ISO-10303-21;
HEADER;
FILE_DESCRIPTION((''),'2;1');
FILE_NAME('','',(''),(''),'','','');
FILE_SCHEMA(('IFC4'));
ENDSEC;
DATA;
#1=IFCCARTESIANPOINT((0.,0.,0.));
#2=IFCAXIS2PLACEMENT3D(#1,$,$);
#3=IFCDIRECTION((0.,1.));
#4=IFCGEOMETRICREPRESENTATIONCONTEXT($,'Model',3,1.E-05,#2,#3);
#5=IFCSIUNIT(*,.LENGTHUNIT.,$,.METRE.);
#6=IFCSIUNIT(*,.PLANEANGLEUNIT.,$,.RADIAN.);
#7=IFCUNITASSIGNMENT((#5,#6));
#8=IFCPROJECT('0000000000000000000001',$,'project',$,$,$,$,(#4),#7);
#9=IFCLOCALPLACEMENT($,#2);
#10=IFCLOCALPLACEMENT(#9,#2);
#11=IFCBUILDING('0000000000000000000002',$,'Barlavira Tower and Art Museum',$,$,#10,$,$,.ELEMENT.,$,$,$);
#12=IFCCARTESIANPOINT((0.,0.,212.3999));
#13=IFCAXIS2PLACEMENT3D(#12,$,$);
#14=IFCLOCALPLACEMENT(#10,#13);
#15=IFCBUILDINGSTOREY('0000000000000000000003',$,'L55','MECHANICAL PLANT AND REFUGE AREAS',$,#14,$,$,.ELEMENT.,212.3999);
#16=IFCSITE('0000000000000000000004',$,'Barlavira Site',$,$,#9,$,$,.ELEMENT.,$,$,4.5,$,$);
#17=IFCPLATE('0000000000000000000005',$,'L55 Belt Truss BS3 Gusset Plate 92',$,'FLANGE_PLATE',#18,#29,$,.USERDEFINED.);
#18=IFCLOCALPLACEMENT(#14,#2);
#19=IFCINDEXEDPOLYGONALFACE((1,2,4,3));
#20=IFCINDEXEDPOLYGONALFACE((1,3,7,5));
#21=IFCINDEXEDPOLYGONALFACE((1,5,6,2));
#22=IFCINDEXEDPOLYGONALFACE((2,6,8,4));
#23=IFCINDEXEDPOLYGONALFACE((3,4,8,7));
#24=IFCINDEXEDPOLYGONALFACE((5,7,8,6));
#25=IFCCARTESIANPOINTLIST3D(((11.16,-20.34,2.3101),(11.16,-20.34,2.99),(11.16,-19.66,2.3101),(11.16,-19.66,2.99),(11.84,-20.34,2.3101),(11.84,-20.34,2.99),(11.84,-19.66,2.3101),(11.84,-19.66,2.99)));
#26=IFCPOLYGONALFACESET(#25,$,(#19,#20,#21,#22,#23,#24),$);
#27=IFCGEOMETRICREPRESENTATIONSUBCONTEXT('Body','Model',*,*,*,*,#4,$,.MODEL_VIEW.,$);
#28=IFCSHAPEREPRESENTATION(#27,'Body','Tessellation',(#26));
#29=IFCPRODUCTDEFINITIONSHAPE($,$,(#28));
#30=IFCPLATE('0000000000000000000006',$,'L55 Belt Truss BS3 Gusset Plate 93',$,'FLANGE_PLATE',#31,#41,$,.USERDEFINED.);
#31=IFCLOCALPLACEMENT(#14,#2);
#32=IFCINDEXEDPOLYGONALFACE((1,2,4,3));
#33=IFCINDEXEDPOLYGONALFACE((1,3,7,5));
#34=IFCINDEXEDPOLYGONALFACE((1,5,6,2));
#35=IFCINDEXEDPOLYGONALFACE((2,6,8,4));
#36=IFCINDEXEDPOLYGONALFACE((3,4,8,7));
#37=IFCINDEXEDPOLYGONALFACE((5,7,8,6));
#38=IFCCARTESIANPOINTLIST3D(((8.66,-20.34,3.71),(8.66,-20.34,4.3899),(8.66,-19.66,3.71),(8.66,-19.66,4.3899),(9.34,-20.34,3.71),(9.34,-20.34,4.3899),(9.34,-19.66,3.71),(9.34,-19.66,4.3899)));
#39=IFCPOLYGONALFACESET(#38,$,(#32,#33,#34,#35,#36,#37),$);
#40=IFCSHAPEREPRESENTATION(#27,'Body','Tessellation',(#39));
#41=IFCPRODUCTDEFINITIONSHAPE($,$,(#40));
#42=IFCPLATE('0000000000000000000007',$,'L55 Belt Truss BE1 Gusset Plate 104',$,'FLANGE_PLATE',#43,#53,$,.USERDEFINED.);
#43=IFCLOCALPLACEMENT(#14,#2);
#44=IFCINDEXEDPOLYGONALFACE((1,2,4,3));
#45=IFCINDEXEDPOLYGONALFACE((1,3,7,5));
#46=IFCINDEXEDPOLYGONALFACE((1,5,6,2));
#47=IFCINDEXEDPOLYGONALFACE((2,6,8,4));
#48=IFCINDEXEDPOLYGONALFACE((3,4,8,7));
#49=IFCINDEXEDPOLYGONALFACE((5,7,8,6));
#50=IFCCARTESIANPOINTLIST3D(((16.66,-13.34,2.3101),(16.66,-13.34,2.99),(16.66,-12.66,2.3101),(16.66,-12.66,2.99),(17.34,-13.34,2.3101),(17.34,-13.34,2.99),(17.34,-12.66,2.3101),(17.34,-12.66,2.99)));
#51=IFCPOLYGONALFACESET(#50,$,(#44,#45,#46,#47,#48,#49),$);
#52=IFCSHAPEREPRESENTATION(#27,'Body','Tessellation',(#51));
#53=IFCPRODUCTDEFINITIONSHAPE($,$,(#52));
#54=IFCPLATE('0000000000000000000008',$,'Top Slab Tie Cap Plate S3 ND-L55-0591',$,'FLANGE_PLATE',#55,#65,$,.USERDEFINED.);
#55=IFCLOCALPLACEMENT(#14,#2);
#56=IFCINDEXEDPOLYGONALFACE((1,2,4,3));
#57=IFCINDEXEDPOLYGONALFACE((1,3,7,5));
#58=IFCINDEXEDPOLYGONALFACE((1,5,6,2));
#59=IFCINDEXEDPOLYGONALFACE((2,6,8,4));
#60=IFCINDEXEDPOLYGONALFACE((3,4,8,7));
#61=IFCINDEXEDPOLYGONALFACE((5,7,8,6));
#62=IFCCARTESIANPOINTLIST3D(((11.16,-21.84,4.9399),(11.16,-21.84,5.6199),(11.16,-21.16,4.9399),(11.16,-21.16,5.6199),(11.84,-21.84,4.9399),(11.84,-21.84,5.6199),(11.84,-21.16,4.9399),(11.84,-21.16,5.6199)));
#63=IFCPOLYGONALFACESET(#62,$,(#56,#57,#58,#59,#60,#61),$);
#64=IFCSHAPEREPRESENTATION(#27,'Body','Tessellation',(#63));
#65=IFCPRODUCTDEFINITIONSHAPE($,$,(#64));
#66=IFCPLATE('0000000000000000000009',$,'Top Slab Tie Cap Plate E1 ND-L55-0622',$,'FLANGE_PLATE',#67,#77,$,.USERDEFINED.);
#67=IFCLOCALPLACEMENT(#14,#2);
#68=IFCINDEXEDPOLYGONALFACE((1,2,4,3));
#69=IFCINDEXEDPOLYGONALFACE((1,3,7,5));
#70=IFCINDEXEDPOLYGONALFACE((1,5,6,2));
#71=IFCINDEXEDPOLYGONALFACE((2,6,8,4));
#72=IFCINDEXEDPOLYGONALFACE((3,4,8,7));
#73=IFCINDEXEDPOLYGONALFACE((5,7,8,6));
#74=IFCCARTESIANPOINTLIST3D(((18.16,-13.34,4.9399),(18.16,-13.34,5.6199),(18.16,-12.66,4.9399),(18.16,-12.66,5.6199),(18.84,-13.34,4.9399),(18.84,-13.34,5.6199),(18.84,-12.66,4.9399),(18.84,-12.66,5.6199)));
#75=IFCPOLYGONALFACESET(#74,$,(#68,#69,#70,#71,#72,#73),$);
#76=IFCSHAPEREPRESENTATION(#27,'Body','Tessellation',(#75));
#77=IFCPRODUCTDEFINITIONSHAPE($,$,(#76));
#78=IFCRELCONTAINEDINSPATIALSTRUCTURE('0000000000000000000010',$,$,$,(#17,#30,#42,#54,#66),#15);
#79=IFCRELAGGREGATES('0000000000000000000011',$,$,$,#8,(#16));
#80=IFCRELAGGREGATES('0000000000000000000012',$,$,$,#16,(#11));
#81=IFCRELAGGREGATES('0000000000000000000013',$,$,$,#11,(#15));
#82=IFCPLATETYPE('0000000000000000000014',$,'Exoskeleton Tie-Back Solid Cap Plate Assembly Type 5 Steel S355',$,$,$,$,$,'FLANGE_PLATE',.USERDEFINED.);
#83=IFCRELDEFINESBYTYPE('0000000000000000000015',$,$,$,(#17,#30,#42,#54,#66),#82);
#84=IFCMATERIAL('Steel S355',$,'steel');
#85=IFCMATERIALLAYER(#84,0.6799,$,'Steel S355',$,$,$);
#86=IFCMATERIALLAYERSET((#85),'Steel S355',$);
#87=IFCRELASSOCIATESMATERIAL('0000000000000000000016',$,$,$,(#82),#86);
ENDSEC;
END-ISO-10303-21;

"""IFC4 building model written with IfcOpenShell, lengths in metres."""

from ifc_helpers import new_model, si_unit, direction, frame, origin, origin_2d, place, context, subcontext, project, spatial, rectangle, extrude, material, layer, layer_set, type_object, element, save


model = new_model("IFC4")

# Units and contexts
model_context = context("Model", 3, precision=1e-05, world=origin(), true_north=direction((0.0, 1.0)))
body_context = subcontext(model_context, "Body", "Model", "MODEL_VIEW")
ifc_project = project(units=[si_unit("LENGTHUNIT", "METRE"), si_unit("PLANEANGLEUNIT", "RADIAN")], contexts=[model_context])

# Site, building, storey
site_placement = place(None, origin())
site = spatial("IfcSite", under=ifc_project, at=site_placement, Name="Barlavira Site", CompositionType="ELEMENT", RefElevation=4.5)
building_placement = place(site_placement, origin())
building = spatial("IfcBuilding", under=site, at=building_placement, Name="Barlavira Tower and Art Museum", CompositionType="ELEMENT")
storey_placement = place(building_placement, frame((0.0, 0.0, 212.3999)))
storey = spatial("IfcBuildingStorey", under=building, at=storey_placement, Name="L55", Description="MECHANICAL PLANT AND REFUGE AREAS", CompositionType="ELEMENT", Elevation=212.3999)

# Shared definitions
ifc_material_1 = material(Name="Steel S355", Category="steel")

# Plates
ifc_layer_1 = layer(ifc_material_1, 0.6799, Name="Steel S355")
ifc_layer_set_1 = layer_set([ifc_layer_1], Name="Steel S355")
plate_type_1 = type_object("IfcPlateType", Name="Exoskeleton Tie-Back Solid Cap Plate Assembly Type 5 Steel S355", ElementType="FLANGE_PLATE", PredefinedType="USERDEFINED", material=ifc_layer_set_1)
for number, where, z_axis, x_axis, name in (
    (1, (11.5, -20.0, 2.3101), (0.0, 0.0, 1.0), (1.0, 0.0, 0.0), "L55 Belt Truss BS3 Gusset Plate 92"),
    (2, (9.0, -20.0, 3.71), (0.0, 0.0, 1.0), (1.0, 0.0, 0.0), "L55 Belt Truss BS3 Gusset Plate 93"),
    (3, (17.0, -13.0, 2.3101), (0.0, 0.0, 1.0), (1.0, 0.0, 0.0), "L55 Belt Truss BE1 Gusset Plate 104"),
    (4, (11.5, -21.5, 4.9399), (0.0, 0.0, 1.0), (1.0, 0.0, 0.0), "Top Slab Tie Cap Plate S3 ND-L55-0591"),
    (5, (18.5, -13.0, 4.9399), (0.0, 0.0, 1.0), (1.0, 0.0, 0.0), "Top Slab Tie Cap Plate E1 ND-L55-0622"),
):
    element("IfcPlate", number, at=place(storey_placement, frame(where, z_axis=z_axis, x_axis=x_axis)), inside=storey, type_object=plate_type_1, Name=name, ObjectType="FLANGE_PLATE", PredefinedType="USERDEFINED", context=body_context, shape_type="SweptSolid", body=[
        extrude(rectangle(XDim=0.6799, YDim=0.6799, at=origin_2d()), origin(), (0.0, 0.0, 1.0), 0.6799),
    ])

save(model, "model.ifc")
